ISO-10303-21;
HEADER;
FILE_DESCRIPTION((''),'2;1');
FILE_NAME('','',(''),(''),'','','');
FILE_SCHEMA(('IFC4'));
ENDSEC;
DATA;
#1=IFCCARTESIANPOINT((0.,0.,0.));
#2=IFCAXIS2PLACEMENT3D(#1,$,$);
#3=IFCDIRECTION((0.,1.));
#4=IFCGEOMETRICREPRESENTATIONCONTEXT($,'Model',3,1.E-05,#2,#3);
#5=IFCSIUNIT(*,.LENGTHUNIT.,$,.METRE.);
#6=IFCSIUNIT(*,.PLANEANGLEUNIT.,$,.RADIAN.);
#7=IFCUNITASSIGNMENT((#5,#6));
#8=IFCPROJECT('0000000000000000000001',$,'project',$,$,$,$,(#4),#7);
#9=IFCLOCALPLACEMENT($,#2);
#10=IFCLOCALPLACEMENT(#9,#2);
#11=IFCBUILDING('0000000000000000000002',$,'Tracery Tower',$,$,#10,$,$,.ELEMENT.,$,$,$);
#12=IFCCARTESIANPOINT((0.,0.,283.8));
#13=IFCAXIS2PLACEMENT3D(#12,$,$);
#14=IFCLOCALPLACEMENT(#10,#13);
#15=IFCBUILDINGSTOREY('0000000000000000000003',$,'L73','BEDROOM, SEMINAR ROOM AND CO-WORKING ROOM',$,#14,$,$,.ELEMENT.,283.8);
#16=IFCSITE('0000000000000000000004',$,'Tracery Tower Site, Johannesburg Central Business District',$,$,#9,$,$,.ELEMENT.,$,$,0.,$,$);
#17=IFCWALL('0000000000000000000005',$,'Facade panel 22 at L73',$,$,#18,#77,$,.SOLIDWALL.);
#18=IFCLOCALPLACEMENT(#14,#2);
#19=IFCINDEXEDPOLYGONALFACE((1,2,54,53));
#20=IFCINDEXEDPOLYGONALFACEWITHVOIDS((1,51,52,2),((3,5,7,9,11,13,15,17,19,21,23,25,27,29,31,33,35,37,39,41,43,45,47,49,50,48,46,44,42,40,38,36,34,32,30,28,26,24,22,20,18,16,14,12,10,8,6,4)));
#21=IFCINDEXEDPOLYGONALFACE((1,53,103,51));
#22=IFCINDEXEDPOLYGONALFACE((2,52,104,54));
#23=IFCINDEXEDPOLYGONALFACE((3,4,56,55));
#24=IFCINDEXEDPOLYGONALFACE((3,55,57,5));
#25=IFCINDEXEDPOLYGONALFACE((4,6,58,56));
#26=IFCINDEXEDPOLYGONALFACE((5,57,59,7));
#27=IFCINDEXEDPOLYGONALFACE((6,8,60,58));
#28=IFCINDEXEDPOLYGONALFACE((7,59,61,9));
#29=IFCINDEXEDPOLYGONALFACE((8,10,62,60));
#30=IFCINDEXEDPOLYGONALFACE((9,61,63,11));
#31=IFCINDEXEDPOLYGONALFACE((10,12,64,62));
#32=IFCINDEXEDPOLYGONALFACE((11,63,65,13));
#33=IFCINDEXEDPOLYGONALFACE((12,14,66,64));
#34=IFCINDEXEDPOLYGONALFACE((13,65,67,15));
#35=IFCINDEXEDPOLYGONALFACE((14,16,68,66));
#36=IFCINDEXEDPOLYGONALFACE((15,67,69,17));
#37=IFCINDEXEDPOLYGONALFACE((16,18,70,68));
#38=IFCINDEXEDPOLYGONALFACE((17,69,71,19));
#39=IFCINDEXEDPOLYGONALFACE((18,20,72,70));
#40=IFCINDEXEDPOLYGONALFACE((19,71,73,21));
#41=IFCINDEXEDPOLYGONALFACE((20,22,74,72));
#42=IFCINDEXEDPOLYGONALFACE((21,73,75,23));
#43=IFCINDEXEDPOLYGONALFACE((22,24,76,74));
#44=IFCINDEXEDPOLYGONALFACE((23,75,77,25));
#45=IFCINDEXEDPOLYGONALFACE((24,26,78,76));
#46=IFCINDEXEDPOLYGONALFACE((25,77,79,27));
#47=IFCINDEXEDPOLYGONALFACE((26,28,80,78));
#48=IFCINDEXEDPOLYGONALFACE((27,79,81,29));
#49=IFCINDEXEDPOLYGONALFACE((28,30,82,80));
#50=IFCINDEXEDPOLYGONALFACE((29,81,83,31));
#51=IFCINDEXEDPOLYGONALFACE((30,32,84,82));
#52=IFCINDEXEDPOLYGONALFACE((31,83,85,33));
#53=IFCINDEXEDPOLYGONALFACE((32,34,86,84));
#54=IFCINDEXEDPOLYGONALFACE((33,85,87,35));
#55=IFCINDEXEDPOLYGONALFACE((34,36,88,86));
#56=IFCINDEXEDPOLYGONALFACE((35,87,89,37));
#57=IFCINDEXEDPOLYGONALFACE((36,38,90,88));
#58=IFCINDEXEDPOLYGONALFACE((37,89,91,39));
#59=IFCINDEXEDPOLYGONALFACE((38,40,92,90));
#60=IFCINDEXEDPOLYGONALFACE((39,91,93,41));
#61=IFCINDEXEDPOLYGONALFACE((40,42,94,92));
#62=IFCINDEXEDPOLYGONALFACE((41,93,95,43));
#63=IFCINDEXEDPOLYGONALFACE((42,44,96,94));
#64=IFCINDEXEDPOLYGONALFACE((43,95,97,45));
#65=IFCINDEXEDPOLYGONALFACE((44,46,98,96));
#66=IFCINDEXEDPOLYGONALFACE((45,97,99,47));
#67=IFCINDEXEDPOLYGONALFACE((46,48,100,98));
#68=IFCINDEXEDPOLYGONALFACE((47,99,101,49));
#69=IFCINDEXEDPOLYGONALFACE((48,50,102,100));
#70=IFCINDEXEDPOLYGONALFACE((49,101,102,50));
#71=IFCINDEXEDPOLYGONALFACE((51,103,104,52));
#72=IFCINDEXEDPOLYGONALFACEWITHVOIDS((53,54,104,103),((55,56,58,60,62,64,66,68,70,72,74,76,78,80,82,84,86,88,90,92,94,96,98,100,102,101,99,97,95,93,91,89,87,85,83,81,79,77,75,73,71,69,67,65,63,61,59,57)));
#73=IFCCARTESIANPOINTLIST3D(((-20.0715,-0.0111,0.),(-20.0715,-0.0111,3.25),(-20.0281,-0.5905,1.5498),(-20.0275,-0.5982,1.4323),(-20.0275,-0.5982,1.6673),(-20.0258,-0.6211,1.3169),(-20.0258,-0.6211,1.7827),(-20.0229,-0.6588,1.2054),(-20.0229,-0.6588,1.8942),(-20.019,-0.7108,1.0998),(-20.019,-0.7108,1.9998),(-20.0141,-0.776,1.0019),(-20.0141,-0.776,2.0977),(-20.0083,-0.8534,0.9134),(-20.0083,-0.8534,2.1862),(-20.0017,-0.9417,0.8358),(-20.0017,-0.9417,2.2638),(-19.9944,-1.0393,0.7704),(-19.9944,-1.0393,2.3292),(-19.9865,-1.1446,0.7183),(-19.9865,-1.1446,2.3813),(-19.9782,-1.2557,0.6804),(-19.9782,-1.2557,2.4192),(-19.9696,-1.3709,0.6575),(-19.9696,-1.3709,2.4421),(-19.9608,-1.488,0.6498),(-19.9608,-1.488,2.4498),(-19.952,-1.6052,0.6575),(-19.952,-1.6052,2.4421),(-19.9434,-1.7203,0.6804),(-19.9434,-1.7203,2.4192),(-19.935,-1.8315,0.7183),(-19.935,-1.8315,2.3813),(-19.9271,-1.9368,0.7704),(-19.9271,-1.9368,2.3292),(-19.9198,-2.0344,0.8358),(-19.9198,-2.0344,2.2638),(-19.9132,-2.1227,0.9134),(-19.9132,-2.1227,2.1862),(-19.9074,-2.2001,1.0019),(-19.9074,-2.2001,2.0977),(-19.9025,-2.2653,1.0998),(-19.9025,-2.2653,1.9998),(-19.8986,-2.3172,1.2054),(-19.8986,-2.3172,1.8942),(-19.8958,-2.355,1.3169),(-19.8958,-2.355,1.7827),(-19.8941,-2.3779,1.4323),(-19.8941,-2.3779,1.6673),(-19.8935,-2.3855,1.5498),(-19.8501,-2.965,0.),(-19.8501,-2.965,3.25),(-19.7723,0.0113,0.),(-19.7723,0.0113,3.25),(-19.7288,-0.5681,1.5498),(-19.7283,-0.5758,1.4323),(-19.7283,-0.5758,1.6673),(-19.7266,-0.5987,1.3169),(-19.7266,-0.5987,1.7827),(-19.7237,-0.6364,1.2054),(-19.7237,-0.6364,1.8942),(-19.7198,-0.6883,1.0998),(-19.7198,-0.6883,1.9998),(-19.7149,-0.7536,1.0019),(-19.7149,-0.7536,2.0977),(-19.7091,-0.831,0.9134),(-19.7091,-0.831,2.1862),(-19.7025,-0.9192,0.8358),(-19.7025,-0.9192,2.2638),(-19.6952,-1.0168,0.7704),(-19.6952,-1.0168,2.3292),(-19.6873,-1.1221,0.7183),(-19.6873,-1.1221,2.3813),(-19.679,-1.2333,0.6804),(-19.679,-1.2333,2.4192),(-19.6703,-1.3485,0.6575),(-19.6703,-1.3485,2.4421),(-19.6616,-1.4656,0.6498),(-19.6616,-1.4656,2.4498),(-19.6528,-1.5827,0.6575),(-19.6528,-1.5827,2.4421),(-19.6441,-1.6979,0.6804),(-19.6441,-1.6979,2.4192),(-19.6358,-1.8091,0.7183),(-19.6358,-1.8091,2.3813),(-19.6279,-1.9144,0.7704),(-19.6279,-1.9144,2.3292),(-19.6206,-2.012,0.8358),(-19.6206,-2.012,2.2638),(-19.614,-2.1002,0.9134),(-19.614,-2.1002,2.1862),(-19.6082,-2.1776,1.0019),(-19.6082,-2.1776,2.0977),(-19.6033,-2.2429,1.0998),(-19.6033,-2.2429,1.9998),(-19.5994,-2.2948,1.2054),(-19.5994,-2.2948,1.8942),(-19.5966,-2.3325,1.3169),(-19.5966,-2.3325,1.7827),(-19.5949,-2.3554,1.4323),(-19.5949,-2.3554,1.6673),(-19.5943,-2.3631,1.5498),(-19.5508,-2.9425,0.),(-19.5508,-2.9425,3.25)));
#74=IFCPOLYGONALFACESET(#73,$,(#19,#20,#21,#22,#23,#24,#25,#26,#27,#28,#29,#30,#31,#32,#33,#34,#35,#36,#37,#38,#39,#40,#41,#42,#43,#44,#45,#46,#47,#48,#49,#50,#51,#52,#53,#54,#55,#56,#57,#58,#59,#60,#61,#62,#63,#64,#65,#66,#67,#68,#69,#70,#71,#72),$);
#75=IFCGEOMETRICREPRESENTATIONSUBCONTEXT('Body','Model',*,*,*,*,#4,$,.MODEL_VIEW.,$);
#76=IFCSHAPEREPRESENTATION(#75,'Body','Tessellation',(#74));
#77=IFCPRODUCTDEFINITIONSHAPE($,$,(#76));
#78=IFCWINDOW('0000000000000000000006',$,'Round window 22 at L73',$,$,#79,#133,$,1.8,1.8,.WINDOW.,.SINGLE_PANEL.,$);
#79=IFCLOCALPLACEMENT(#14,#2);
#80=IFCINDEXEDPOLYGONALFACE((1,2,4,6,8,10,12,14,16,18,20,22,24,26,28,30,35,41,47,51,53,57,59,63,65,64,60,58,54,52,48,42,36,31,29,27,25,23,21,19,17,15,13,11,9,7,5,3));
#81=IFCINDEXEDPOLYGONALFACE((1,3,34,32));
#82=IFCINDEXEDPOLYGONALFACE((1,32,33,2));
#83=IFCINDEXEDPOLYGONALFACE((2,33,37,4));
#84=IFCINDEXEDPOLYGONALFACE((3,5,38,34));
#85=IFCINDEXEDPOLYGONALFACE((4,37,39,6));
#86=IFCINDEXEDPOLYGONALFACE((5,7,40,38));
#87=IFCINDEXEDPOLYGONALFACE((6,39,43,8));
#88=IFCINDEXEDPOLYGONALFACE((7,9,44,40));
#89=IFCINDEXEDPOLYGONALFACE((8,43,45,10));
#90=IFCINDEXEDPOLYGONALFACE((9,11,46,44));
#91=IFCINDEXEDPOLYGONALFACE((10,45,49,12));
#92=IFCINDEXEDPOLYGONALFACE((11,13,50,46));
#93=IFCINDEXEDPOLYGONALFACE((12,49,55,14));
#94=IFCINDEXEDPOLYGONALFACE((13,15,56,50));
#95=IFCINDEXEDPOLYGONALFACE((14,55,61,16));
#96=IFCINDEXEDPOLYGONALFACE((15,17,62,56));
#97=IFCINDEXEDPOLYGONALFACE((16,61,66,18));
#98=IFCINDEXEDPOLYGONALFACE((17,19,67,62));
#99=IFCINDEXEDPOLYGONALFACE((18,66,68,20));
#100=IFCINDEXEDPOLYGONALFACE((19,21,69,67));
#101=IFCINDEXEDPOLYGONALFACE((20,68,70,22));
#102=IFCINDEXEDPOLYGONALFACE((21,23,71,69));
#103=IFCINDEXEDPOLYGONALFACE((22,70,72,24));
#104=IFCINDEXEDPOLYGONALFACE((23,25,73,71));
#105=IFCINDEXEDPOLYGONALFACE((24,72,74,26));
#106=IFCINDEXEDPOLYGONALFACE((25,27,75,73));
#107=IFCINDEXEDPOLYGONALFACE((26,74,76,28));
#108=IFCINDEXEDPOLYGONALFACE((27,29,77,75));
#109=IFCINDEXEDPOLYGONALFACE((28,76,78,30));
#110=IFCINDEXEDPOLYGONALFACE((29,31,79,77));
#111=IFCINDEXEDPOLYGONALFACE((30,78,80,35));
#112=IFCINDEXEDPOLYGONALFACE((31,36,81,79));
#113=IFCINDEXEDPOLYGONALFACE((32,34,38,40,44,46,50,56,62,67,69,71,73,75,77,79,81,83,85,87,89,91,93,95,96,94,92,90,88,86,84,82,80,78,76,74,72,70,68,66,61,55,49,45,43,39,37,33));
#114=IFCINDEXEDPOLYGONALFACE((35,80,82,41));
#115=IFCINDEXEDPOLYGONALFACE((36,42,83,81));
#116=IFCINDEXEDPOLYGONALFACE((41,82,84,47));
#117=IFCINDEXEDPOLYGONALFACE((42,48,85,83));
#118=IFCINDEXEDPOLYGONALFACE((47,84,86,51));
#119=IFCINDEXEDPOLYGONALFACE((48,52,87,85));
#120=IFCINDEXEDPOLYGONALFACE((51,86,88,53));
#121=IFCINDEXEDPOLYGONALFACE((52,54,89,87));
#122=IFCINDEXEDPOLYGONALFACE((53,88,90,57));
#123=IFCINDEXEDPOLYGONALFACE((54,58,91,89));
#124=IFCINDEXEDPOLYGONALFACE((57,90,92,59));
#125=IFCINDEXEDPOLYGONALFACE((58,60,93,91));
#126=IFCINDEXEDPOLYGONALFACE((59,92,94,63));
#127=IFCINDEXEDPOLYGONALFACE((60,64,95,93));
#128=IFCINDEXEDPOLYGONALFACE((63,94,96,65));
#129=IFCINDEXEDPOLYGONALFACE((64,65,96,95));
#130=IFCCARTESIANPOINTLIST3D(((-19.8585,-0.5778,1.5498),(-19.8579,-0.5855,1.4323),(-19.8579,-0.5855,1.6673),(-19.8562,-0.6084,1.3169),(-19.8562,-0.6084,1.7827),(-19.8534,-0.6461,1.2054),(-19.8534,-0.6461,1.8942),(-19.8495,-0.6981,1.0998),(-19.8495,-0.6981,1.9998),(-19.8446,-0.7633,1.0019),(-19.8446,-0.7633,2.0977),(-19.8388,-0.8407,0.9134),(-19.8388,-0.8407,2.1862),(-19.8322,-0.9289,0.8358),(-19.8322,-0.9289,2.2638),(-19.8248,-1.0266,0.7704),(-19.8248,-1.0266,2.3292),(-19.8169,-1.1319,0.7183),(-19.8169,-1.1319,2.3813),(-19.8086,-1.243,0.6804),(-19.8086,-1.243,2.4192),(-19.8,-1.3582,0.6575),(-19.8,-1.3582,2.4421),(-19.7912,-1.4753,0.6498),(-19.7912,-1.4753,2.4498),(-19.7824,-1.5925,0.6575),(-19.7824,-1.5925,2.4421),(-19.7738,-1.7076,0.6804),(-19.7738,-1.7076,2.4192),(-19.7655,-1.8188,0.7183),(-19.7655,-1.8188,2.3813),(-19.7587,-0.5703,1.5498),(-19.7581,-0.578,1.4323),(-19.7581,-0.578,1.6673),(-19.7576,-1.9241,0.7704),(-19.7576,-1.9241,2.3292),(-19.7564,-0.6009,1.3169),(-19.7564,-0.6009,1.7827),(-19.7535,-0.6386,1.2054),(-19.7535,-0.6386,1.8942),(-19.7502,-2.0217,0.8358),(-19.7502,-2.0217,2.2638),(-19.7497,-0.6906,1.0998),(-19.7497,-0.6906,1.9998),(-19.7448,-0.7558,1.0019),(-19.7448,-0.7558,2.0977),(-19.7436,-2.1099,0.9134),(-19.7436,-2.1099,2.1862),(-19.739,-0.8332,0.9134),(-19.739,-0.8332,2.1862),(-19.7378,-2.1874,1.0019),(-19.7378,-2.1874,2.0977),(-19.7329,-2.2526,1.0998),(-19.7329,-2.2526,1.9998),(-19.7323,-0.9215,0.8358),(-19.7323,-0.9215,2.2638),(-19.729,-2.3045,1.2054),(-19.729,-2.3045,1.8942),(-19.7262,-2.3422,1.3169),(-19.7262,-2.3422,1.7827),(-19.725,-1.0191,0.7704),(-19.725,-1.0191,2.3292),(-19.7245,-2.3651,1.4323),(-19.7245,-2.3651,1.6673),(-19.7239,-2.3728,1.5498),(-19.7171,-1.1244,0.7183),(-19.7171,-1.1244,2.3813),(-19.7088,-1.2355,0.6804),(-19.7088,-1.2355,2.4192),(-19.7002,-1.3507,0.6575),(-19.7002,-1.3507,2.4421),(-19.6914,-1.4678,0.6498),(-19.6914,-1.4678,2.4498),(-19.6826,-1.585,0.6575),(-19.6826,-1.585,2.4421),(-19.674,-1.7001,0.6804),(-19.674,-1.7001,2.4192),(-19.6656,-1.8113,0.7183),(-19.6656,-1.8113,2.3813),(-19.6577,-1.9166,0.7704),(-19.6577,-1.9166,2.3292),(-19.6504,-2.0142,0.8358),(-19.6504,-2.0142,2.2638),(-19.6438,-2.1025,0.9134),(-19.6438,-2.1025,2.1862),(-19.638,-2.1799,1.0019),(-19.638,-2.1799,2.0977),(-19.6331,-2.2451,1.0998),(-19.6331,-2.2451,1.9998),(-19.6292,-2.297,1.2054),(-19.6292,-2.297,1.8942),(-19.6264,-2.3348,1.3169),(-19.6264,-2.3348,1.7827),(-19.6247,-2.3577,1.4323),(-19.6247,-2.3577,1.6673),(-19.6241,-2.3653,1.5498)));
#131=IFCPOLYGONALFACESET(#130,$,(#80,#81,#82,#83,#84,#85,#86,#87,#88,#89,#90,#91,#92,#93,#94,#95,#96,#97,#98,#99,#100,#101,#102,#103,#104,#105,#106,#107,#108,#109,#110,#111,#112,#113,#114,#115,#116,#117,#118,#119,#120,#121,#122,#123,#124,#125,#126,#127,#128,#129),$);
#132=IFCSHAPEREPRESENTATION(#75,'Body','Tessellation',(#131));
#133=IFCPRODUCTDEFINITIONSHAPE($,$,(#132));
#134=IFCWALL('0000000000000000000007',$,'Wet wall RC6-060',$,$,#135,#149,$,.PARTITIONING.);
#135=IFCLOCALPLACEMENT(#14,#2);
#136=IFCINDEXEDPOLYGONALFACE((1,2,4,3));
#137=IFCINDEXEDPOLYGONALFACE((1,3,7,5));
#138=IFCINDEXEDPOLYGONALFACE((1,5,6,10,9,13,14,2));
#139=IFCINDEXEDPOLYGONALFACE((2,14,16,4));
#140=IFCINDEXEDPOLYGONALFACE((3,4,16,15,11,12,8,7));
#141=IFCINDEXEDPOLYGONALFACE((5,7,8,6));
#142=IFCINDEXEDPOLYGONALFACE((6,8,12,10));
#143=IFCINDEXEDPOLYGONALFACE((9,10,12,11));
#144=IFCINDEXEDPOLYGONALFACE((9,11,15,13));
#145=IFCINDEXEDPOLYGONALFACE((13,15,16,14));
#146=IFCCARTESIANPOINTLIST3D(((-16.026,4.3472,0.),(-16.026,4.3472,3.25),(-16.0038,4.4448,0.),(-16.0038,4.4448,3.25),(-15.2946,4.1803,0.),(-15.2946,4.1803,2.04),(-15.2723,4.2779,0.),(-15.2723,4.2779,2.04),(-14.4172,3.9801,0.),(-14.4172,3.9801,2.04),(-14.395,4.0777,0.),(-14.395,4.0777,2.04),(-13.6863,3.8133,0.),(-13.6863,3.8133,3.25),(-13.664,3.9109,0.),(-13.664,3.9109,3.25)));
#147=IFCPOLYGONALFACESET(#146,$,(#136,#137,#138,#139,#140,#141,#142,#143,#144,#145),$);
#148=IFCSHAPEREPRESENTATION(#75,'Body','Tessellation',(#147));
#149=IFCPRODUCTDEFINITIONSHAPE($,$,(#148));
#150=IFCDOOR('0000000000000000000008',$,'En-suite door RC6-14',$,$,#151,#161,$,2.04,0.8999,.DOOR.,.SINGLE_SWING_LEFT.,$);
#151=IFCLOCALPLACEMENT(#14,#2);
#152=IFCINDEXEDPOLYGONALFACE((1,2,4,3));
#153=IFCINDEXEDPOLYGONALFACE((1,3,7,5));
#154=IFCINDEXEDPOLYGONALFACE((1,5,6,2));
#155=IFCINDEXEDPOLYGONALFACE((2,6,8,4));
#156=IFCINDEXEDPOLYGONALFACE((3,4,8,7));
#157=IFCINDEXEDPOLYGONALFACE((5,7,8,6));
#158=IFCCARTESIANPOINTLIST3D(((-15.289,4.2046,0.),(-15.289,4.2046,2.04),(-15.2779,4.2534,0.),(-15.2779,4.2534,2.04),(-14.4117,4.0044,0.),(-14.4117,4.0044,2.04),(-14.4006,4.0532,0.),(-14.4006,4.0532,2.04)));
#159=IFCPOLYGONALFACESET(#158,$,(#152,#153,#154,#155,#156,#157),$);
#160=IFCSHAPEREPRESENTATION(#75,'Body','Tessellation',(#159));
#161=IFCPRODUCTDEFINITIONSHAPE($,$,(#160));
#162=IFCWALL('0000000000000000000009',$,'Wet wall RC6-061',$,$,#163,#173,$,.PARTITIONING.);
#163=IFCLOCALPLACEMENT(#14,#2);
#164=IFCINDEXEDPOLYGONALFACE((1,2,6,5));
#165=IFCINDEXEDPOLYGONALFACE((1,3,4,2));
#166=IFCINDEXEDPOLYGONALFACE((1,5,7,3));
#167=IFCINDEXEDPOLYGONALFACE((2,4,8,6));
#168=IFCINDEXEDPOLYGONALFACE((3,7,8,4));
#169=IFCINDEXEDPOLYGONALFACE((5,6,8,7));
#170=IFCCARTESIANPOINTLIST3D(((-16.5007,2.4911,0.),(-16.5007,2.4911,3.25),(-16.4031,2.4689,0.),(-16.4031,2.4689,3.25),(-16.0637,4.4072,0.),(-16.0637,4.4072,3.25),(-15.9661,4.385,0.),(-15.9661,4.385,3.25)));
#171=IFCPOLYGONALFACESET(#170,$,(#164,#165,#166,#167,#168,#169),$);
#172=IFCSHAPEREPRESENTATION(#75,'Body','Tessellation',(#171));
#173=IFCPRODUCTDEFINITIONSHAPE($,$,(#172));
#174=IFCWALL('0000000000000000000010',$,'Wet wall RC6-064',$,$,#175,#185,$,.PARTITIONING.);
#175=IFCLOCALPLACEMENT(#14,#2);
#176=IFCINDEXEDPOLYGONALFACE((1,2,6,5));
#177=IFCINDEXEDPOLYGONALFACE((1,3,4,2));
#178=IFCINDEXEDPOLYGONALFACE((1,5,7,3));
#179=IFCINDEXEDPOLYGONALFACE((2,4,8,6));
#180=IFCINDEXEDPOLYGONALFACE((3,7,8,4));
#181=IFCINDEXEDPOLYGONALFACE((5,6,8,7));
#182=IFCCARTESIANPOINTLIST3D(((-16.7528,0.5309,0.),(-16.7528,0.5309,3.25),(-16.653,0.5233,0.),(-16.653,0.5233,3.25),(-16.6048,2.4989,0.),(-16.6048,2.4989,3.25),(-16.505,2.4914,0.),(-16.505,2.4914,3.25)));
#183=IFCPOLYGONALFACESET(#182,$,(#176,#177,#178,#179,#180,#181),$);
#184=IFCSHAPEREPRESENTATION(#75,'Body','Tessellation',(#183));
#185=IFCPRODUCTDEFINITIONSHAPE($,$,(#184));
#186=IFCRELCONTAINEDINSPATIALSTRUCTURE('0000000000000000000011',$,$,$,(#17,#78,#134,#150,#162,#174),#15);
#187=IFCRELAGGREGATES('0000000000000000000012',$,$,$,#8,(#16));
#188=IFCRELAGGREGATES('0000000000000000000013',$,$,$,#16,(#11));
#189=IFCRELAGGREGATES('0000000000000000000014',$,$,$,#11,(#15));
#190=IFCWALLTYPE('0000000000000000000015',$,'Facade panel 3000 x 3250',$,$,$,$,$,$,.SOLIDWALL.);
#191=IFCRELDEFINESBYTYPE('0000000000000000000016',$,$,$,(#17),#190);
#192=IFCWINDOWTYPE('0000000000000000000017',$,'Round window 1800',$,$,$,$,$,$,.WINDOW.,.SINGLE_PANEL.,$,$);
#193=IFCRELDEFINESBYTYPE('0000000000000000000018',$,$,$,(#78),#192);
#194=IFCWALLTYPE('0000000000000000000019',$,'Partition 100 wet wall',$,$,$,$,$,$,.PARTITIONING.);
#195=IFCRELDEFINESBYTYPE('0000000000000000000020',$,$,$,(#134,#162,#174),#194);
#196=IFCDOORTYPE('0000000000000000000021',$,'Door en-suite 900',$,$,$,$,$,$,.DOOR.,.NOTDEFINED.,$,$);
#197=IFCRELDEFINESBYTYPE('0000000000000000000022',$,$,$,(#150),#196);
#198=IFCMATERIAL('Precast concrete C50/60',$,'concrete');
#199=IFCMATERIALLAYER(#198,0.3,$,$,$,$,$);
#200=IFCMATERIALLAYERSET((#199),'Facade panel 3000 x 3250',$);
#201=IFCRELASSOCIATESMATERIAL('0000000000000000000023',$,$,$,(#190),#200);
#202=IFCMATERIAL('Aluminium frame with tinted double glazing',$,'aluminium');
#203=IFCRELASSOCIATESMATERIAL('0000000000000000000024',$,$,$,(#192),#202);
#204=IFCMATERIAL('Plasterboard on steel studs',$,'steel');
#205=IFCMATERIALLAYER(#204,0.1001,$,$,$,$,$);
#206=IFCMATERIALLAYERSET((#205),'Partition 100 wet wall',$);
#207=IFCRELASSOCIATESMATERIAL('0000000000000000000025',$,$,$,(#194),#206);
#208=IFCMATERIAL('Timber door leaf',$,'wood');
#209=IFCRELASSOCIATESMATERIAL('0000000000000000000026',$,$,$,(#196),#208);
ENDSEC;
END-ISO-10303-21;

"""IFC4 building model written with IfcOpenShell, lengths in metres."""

from ifc_helpers import new_model, si_unit, direction, frame, frame_2d, origin, origin_2d, place, context, subcontext, project, spatial, rectangle, circle, extrude, material, layer, layer_set, type_object, element, fill, save


model = new_model("IFC4")

# Units and contexts
model_context = context("Model", 3, precision=1e-05, world=origin(), true_north=direction((0.0, 1.0)))
body_context = subcontext(model_context, "Body", "Model", "MODEL_VIEW")
ifc_project = project(units=[si_unit("LENGTHUNIT", "METRE"), si_unit("PLANEANGLEUNIT", "RADIAN")], contexts=[model_context])

# Site, building, storey
site_placement = place(None, origin())
site = spatial("IfcSite", under=ifc_project, at=site_placement, Name="Tracery Tower Site, Johannesburg Central Business District", CompositionType="ELEMENT", RefElevation=0.0)
building_placement = place(site_placement, origin())
building = spatial("IfcBuilding", under=site, at=building_placement, Name="Tracery Tower", CompositionType="ELEMENT")
storey_placement = place(building_placement, frame((0.0, 0.0, 283.8)))
storey = spatial("IfcBuildingStorey", under=building, at=storey_placement, Name="L73", Description="BEDROOM, SEMINAR ROOM AND CO-WORKING ROOM", CompositionType="ELEMENT", Elevation=283.8)

# Wall, opening, window
ifc_material_1 = material(Name="Precast concrete C50/60", Category="concrete")
ifc_layer_1 = layer(ifc_material_1, 0.3)
ifc_layer_set_1 = layer_set([ifc_layer_1], Name="Facade panel 3000 x 3250")
wall_type_1 = type_object("IfcWallType", Name="Facade panel 3000 x 3250", PredefinedType="SOLIDWALL", material=ifc_layer_set_1)
ifc_material_2 = material(Name="Aluminium frame with tinted double glazing", Category="aluminium")
window_type = type_object("IfcWindowType", Name="Round window 1800", PartitioningType="SINGLE_PANEL", PredefinedType="WINDOW", material=ifc_material_2)
wall_1_placement = place(storey_placement, frame((-19.9219, 0.0, 0.0), z_axis=(0.0, 0.0, 1.0), x_axis=(0.074755, -0.997202, 0.0)))
wall_1 = element("IfcWall", 1, at=wall_1_placement, inside=storey, type_object=wall_type_1, Name="Facade panel 22 at L73", PredefinedType="SOLIDWALL", context=body_context, shape_type="SweptSolid", body=[
    extrude(rectangle(XDim=2.9622, YDim=0.3, at=frame_2d((1.481, 0.0))), origin(), (0.0, 0.0, 1.0), 3.25),
])
opening_1_placement = place(wall_1_placement, frame((1.481, 0.0, 1.5498)))
opening_1 = element("IfcOpeningElement", 2, at=opening_1_placement, cuts=wall_1, PredefinedType="OPENING", context=body_context, shape_type="SweptSolid", body=[
    extrude(circle(Radius=0.9, at=origin_2d()), frame((0.0, 0.1599, 0.0), z_axis=(0.0, -1.0, 0.0), x_axis=(1.0, 0.0, 0.0)), (0.0, 0.0, 1.0), 0.3201),
])
window_1_placement = place(opening_1_placement, origin())
window_1 = element("IfcWindow", 3, at=window_1_placement, inside=storey, type_object=window_type, Name="Round window 22 at L73", OverallHeight=1.8, OverallWidth=1.8, PartitioningType="SINGLE_PANEL", PredefinedType="WINDOW", context=body_context, shape_type="SweptSolid", body=[
    extrude(circle(Radius=0.9, at=origin_2d()), frame((0.0, 0.1201, 0.0), z_axis=(0.0, -1.0, 0.0), x_axis=(1.0, 0.0, 0.0)), (0.0, 0.0, 1.0), 0.1001),
])
fill(opening_1, window_1)

# Wall, opening, door
ifc_material_3 = material(Name="Plasterboard on steel studs", Category="steel")
ifc_layer_2 = layer(ifc_material_3, 0.1001)
ifc_layer_set_2 = layer_set([ifc_layer_2], Name="Partition 100 wet wall")
wall_type_2 = type_object("IfcWallType", Name="Partition 100 wet wall", PredefinedType="PARTITIONING", material=ifc_layer_set_2)
wall_2_placement = place(storey_placement, frame((-16.0149, 4.396, 0.0), z_axis=(0.0, 0.0, 1.0), x_axis=(0.974939, -0.222474, 0.0)))
wall_2 = element("IfcWall", 4, at=wall_2_placement, inside=storey, type_object=wall_type_2, Name="Wet wall RC6-060", PredefinedType="PARTITIONING", context=body_context, shape_type="SweptSolid", body=[
    extrude(rectangle(XDim=2.3999, YDim=0.1001, at=frame_2d((1.2, 0.0))), origin(), (0.0, 0.0, 1.0), 3.25),
])
opening_2_placement = place(wall_2_placement, frame((0.7502, 0.0, 0.0)))
opening_2 = element("IfcOpeningElement", 5, at=opening_2_placement, cuts=wall_2, PredefinedType="OPENING", context=body_context, shape_type="SweptSolid", body=[
    extrude(rectangle(XDim=0.8999, YDim=2.04, at=frame_2d((0.45, 1.02))), frame((0.0, 0.05, 0.0), z_axis=(0.0, -1.0, 0.0), x_axis=(1.0, 0.0, 0.0)), (0.0, 0.0, 1.0), 0.1001),
])
ifc_material_4 = material(Name="Timber door leaf", Category="wood")
door_type_1 = type_object("IfcDoorType", Name="Door en-suite 900", OperationType="NOTDEFINED", PredefinedType="DOOR", material=ifc_material_4)
door_1_placement = place(opening_2_placement, origin())
door_1 = element("IfcDoor", 6, at=door_1_placement, inside=storey, type_object=door_type_1, Name="En-suite door RC6-14", OperationType="SINGLE_SWING_LEFT", OverallHeight=2.04, OverallWidth=0.8999, PredefinedType="DOOR", context=body_context, shape_type="SweptSolid", body=[
    extrude(rectangle(XDim=0.8999, YDim=2.04, at=frame_2d((0.45, 1.02))), frame((0.0, 0.0249, 0.0), z_axis=(0.0, -1.0, 0.0), x_axis=(1.0, 0.0, 0.0)), (0.0, 0.0, 1.0), 0.05),
])
fill(opening_2, door_1)

# Walls
wall_3_placement = place(storey_placement, frame((-16.4519, 2.48, 0.0), z_axis=(0.0, 0.0, 1.0), x_axis=(0.222373, 0.974962, 0.0)))
element("IfcWall", 7, at=wall_3_placement, inside=storey, type_object=wall_type_2, Name="Wet wall RC6-061", PredefinedType="PARTITIONING", context=body_context, shape_type="SweptSolid", body=[
    extrude(rectangle(XDim=1.9653, YDim=0.1001, at=frame_2d((0.9827, 0.0))), origin(), (0.0, 0.0, 1.0), 3.25),
])
wall_4_placement = place(storey_placement, frame((-16.7029, 0.5271, 0.0), z_axis=(0.0, 0.0, 1.0), x_axis=(0.074965, 0.997186, 0.0)))
element("IfcWall", 8, at=wall_4_placement, inside=storey, type_object=wall_type_2, Name="Wet wall RC6-064", PredefinedType="PARTITIONING", context=body_context, shape_type="SweptSolid", body=[
    extrude(rectangle(XDim=1.9736, YDim=0.1001, at=frame_2d((0.9868, 0.0))), origin(), (0.0, 0.0, 1.0), 3.25),
])

save(model, "model.ifc")
